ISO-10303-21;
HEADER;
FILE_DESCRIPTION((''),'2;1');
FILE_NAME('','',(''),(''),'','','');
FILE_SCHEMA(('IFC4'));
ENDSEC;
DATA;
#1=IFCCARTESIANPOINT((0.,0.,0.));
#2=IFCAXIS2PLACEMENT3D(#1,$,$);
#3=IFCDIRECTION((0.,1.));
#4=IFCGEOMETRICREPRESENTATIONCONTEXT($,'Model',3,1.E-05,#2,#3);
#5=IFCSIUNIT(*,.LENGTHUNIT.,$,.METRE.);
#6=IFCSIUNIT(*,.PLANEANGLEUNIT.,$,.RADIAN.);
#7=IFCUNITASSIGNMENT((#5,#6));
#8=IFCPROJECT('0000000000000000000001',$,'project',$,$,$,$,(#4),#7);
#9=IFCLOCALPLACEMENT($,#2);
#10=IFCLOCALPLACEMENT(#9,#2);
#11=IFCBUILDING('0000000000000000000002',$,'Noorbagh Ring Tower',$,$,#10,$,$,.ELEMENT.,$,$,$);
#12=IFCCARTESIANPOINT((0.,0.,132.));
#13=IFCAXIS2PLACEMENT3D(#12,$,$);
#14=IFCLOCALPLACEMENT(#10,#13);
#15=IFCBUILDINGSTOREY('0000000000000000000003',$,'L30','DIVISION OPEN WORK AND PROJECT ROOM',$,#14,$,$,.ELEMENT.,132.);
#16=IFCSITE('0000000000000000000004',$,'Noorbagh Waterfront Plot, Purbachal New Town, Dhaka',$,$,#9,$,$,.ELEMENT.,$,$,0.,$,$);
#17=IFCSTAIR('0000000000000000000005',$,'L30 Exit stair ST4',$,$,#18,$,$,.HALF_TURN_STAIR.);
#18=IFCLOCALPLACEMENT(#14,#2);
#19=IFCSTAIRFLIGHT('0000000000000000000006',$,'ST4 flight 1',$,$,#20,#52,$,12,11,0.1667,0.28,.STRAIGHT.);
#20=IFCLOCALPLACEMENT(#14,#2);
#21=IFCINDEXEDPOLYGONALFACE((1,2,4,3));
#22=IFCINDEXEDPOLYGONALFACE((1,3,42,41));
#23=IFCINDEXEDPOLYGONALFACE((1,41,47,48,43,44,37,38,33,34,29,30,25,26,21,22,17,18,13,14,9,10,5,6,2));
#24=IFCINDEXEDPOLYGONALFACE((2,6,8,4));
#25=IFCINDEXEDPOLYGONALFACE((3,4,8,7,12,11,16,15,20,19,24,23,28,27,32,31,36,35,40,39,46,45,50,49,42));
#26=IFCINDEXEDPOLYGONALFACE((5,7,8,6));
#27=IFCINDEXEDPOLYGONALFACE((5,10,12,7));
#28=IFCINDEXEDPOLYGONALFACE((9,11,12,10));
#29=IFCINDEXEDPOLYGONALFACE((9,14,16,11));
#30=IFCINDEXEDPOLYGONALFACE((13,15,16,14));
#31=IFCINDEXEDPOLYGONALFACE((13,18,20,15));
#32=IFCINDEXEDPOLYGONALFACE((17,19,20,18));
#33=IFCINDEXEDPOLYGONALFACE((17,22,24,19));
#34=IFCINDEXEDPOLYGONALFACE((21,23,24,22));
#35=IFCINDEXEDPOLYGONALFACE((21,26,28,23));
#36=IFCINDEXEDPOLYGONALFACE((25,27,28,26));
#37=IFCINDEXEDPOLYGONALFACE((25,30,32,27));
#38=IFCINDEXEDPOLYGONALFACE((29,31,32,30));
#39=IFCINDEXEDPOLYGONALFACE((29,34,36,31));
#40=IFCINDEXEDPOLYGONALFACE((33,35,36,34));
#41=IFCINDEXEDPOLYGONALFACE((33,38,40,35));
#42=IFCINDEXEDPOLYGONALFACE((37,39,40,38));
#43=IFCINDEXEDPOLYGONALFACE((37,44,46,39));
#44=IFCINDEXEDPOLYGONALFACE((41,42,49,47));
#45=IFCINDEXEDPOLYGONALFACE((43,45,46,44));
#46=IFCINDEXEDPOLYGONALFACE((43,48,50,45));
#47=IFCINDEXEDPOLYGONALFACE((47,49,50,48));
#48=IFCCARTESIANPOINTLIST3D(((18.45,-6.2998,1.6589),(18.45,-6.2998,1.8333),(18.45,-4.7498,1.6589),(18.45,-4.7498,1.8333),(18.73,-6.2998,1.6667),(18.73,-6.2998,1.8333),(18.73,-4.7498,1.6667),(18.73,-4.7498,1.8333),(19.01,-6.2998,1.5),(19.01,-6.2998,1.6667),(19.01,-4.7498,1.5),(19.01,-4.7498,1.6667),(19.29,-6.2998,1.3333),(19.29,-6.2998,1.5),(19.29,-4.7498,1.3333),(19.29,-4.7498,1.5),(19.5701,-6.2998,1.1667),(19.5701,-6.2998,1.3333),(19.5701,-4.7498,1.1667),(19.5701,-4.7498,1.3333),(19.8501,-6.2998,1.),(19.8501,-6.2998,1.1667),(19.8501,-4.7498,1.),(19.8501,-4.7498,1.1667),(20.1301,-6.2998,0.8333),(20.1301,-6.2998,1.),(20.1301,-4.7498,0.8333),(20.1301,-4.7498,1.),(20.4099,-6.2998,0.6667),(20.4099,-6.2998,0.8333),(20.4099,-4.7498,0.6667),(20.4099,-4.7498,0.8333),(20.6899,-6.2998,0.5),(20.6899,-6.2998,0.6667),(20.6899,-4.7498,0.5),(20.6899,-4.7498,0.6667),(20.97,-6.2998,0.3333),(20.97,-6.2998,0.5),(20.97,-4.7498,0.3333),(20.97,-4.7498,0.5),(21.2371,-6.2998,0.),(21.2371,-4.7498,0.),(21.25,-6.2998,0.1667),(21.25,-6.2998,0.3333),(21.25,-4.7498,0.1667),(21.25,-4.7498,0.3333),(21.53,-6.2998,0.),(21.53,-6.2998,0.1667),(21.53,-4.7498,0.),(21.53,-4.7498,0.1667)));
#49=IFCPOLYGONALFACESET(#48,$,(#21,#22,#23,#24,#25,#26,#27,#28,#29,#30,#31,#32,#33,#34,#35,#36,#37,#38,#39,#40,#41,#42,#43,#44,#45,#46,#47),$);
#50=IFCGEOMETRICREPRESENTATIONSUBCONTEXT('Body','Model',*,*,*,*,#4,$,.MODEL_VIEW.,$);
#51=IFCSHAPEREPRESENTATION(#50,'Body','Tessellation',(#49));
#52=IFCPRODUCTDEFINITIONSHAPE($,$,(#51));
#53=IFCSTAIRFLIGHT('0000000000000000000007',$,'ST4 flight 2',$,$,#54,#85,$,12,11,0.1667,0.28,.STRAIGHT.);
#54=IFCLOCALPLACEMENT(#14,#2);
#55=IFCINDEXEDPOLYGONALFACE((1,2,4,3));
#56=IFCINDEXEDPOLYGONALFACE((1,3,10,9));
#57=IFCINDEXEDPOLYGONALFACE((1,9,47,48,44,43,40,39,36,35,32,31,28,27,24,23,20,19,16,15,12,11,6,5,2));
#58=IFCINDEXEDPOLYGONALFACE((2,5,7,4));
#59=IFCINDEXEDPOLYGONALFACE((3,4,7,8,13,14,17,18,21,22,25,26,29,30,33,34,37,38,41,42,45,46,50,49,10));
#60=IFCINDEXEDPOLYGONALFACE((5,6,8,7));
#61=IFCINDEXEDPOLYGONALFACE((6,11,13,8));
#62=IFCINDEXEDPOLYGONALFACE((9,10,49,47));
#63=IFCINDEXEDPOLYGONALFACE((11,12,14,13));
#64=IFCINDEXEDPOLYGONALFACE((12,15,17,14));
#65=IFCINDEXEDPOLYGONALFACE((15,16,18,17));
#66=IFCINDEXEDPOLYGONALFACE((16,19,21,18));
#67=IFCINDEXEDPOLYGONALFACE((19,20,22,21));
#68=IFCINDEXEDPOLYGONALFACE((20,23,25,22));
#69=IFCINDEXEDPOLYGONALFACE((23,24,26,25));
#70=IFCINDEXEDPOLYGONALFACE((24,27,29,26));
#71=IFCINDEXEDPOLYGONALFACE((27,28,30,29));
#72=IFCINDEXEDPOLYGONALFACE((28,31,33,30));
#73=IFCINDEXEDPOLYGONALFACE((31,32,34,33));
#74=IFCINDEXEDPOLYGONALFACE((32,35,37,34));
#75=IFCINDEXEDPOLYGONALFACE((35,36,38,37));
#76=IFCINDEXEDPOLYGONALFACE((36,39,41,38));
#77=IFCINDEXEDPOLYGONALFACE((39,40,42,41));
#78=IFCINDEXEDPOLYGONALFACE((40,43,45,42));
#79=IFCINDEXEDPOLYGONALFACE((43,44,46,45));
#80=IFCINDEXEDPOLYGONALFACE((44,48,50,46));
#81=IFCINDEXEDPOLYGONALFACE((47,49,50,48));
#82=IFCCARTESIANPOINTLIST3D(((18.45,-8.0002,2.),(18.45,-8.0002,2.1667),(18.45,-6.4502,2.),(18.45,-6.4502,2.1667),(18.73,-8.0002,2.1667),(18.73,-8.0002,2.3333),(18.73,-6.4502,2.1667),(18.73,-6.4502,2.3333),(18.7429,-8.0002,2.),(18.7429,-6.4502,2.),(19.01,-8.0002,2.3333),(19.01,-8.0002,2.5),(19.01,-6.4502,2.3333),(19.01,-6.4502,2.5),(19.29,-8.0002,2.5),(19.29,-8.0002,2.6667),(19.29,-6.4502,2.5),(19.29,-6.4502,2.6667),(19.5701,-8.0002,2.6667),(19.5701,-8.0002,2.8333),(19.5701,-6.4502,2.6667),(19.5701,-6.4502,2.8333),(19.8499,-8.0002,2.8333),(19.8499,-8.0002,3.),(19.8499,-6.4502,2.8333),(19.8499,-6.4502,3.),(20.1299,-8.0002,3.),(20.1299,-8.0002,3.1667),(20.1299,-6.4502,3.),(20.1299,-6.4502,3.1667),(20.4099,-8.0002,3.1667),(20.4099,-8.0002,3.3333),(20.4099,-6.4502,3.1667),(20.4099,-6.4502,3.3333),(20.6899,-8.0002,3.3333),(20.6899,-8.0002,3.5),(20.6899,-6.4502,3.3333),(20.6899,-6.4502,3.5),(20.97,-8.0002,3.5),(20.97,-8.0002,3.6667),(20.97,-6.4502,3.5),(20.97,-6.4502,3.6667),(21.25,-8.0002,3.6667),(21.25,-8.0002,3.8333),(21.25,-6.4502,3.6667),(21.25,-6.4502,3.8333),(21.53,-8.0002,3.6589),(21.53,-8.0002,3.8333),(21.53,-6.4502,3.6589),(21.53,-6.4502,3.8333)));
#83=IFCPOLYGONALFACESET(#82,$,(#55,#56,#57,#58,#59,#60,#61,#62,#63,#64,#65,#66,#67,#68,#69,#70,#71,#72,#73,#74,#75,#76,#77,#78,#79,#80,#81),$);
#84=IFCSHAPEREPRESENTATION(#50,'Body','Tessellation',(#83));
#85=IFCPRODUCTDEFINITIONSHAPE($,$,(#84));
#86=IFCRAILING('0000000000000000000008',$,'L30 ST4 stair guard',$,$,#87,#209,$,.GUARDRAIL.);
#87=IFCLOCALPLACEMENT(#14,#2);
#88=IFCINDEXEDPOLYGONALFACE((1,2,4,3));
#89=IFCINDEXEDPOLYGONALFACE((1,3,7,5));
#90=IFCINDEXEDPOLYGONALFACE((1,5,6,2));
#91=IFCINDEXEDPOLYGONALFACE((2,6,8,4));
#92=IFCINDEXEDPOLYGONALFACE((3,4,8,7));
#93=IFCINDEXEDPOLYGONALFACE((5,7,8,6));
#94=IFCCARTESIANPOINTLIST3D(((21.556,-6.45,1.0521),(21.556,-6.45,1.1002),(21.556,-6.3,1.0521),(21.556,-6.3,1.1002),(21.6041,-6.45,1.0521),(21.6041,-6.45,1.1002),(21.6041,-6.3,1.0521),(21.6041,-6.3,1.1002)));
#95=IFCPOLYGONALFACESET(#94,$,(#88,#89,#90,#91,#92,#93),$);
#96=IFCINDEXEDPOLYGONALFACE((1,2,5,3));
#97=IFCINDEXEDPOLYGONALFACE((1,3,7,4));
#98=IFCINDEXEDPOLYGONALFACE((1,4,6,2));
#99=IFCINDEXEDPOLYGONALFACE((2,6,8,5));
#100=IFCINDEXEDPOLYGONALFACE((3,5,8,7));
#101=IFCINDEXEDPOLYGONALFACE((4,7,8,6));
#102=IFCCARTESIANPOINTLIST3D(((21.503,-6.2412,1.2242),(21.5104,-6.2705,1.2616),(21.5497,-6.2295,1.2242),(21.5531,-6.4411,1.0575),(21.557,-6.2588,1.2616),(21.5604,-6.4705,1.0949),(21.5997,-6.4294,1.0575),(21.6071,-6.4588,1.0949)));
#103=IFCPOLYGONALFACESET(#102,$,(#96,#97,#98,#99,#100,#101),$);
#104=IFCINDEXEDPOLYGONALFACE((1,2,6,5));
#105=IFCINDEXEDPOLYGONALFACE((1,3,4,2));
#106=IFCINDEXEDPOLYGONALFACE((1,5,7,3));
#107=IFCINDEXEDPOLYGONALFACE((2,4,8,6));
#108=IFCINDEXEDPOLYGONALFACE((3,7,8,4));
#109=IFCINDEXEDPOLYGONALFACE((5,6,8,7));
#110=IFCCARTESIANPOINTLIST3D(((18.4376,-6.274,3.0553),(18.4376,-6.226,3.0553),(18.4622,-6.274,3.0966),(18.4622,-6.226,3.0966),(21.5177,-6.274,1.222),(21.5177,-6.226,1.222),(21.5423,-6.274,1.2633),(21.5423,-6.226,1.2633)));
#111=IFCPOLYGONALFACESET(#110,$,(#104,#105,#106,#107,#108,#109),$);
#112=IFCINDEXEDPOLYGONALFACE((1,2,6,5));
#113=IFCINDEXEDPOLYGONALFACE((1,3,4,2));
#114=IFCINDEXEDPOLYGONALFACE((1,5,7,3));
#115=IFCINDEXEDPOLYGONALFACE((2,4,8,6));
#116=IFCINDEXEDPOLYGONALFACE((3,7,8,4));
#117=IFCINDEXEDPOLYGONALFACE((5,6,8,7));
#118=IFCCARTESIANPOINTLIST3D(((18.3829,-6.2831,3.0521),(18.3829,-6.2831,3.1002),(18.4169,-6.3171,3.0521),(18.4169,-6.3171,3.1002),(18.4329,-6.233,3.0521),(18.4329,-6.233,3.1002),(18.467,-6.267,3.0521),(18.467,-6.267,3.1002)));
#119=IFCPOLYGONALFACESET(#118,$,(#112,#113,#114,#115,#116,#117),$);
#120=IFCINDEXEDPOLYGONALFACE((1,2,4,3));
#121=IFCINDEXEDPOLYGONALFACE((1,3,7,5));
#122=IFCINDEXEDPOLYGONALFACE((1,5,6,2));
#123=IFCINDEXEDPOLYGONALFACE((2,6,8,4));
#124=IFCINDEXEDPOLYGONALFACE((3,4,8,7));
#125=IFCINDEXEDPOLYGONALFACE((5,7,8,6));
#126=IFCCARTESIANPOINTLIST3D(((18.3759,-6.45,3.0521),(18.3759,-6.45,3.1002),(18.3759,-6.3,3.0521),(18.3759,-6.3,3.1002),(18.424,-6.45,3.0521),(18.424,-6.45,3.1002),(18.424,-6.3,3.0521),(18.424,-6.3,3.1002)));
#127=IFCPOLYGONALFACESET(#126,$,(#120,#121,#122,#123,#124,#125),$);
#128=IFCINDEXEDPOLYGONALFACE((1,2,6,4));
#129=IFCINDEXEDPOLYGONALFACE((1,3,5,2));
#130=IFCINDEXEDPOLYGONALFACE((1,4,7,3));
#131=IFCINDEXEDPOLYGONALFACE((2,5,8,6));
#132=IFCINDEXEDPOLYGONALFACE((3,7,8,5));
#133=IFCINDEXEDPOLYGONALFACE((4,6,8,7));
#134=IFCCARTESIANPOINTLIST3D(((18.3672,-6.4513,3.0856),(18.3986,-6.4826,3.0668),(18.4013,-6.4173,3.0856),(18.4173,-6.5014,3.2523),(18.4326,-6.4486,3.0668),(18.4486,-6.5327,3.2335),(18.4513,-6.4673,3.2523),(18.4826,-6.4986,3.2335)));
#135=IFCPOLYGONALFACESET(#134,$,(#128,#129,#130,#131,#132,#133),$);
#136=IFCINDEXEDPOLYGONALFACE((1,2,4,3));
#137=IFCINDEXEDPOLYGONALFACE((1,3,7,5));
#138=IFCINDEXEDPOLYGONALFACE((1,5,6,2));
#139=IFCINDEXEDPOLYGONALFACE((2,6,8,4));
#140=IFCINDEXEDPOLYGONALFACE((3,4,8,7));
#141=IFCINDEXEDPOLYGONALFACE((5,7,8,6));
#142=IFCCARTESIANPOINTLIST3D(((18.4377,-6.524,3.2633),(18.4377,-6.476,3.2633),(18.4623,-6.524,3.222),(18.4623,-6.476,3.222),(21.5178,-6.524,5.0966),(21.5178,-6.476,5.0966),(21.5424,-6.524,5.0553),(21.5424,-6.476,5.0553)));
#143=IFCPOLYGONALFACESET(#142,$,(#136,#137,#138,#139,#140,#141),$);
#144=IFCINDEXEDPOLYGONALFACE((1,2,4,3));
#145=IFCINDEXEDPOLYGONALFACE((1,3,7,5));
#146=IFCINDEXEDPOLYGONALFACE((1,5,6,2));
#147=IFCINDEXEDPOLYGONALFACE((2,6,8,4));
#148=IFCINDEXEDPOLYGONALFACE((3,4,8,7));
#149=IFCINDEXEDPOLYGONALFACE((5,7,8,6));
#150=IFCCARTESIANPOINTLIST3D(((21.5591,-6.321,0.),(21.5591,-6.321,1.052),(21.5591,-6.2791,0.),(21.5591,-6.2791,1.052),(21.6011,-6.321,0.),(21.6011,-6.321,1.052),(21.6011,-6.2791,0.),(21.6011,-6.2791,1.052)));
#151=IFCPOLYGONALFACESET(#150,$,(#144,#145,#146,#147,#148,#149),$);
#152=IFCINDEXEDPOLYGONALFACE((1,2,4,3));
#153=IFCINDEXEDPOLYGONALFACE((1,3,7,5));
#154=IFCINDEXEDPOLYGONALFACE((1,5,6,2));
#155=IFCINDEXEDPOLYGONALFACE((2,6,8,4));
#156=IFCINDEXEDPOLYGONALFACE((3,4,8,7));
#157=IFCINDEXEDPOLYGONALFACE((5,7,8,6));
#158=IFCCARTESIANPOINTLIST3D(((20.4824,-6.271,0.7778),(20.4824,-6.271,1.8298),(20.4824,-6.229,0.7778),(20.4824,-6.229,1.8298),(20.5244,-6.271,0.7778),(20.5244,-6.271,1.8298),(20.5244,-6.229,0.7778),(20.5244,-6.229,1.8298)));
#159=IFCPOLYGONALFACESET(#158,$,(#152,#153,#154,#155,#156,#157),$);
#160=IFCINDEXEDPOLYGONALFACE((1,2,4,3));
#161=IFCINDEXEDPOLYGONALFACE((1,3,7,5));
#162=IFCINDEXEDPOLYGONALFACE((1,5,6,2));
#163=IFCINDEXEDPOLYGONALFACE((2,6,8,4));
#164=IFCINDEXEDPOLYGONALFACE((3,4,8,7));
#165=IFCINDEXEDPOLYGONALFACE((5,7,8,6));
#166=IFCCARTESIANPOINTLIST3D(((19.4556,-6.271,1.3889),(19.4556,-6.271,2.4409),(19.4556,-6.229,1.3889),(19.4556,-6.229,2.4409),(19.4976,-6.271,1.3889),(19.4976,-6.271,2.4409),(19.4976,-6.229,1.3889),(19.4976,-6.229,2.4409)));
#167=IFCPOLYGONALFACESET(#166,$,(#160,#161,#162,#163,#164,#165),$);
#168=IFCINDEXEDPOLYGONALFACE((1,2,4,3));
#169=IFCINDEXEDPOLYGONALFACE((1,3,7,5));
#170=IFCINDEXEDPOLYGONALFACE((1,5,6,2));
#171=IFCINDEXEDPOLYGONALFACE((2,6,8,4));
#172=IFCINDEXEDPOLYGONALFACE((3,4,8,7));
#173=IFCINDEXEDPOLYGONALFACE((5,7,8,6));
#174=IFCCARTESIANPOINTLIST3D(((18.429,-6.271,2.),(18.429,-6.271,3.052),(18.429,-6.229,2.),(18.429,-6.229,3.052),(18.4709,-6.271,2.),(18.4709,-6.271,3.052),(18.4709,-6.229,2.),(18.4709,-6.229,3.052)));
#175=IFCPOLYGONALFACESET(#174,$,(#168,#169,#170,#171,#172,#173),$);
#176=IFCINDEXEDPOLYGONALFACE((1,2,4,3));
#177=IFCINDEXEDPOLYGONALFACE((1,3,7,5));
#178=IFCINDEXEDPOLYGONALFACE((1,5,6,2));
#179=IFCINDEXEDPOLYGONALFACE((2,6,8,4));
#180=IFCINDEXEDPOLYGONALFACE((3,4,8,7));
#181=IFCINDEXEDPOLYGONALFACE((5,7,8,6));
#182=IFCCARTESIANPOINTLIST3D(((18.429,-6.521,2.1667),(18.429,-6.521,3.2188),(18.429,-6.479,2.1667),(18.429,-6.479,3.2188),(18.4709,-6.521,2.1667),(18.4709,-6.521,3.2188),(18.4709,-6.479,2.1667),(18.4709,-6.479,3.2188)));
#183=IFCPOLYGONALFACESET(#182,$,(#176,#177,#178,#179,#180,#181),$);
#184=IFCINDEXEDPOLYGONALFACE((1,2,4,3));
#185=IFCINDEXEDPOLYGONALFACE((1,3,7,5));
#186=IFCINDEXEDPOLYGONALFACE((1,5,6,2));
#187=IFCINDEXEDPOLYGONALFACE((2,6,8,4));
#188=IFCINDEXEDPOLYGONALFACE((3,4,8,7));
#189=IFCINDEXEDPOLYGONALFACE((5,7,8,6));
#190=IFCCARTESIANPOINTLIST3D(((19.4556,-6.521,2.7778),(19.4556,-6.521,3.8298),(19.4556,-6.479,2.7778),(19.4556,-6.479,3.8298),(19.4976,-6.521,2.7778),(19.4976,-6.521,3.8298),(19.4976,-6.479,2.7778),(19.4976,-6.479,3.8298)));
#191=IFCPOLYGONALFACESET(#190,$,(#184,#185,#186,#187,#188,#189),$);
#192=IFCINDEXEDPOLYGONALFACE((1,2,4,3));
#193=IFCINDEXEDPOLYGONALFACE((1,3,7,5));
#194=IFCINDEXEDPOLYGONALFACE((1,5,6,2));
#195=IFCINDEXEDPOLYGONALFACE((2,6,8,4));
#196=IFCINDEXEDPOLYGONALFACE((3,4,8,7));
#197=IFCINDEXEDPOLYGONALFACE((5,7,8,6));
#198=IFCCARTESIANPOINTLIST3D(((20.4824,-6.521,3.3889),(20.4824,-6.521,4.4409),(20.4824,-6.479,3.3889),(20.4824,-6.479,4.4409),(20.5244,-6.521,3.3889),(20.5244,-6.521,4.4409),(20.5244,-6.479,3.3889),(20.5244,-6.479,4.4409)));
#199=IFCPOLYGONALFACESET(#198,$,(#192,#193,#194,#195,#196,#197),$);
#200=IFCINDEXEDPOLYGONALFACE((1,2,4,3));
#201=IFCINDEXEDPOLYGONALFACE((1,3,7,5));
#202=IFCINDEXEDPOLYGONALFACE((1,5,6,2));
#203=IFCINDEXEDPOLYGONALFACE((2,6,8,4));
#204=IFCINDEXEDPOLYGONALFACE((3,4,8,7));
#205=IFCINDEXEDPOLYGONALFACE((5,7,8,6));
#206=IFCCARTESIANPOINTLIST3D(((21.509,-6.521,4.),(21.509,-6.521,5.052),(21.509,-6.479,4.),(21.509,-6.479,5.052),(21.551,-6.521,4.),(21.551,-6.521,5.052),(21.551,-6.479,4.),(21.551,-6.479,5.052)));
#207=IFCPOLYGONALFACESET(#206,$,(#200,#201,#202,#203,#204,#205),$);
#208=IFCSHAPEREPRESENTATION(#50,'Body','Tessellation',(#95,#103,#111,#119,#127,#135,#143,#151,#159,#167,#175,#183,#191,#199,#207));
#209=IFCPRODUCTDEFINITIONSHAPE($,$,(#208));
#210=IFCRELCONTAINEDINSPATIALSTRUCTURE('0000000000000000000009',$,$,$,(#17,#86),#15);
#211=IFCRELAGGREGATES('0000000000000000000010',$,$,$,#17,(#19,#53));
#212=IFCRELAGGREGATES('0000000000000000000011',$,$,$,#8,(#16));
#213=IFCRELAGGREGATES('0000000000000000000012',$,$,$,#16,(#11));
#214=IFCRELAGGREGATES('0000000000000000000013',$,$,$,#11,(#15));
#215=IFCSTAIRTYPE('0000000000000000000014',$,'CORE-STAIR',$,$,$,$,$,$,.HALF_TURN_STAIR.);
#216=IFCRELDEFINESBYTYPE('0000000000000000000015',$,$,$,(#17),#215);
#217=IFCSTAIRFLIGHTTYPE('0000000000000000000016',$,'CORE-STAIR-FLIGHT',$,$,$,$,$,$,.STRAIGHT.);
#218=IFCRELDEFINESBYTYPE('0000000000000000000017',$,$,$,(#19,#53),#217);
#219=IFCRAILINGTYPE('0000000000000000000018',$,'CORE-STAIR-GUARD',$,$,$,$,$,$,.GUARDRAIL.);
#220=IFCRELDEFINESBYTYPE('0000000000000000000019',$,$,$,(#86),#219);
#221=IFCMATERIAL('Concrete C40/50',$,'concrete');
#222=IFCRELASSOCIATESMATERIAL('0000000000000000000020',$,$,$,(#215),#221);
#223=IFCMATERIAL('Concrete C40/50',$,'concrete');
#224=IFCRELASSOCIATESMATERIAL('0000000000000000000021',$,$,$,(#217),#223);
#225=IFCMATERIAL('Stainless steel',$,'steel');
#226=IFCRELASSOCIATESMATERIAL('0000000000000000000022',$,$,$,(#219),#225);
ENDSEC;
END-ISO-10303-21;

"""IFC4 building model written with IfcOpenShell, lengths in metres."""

from ifc_helpers import new_model, si_unit, direction, frame, origin, origin_2d, place, context, subcontext, project, spatial, polyline, rectangle, outline, extrude, material, type_object, element, aggregate, save


model = new_model("IFC4")

# Units and contexts
model_context = context("Model", 3, precision=1e-05, world=origin(), true_north=direction((0.0, 1.0)))
body_context = subcontext(model_context, "Body", "Model", "MODEL_VIEW")
ifc_project = project(units=[si_unit("LENGTHUNIT", "METRE"), si_unit("PLANEANGLEUNIT", "RADIAN")], contexts=[model_context])

# Site, building, storey
site_placement = place(None, origin())
site = spatial("IfcSite", under=ifc_project, at=site_placement, Name="Noorbagh Waterfront Plot, Purbachal New Town, Dhaka", CompositionType="ELEMENT", RefElevation=0.0)
building_placement = place(site_placement, origin())
building = spatial("IfcBuilding", under=site, at=building_placement, Name="Noorbagh Ring Tower", CompositionType="ELEMENT")
storey_placement = place(building_placement, frame((0.0, 0.0, 132.0)))
storey = spatial("IfcBuildingStorey", under=building, at=storey_placement, Name="L30", Description="DIVISION OPEN WORK AND PROJECT ROOM", CompositionType="ELEMENT", Elevation=132.0)

# Stair, stair flights
ifc_material_1 = material(Name="Concrete C40/50", Category="concrete")
stair_type = type_object("IfcStairType", Name="CORE-STAIR", PredefinedType="HALF_TURN_STAIR", material=ifc_material_1)
stair_placement = place(storey_placement, origin())
stair = element("IfcStair", 1, at=stair_placement, inside=storey, type_object=stair_type, Name="L30 Exit stair ST4", PredefinedType="HALF_TURN_STAIR")
ifc_material_2 = material(Name="Concrete C40/50", Category="concrete")
stair_flight_type = type_object("IfcStairFlightType", Name="CORE-STAIR-FLIGHT", PredefinedType="STRAIGHT", material=ifc_material_2)
stair_flight_1_placement = place(storey_placement, frame((21.53, -5.5249, 0.0), z_axis=(0.0, 0.0, 1.0), x_axis=(-1.0, 0.0, 0.0)))
stair_flight_1 = element("IfcStairFlight", 2, at=stair_flight_1_placement, type_object=stair_flight_type, Name="ST4 flight 1", NumberOfRisers=12, NumberOfTreads=11, PredefinedType="STRAIGHT", RiserHeight=0.1667, TreadLength=0.28, context=body_context, shape_type="SweptSolid", body=[
    extrude(outline(polyline([(0.0, 0.0), (0.0, 0.1667), (0.28, 0.1667), (0.28, 0.3333), (0.5601, 0.3333), (0.5601, 0.5), (0.8401, 0.5), (0.8401, 0.6667), (1.1201, 0.6667), (1.1201, 0.8333), (1.3999, 0.8333), (1.3999, 1.0), (1.6799, 1.0), (1.6799, 1.1667), (1.96, 1.1667), (1.96, 1.3333), (2.24, 1.3333), (2.24, 1.5), (2.52, 1.5), (2.52, 1.6667), (2.8, 1.6667), (2.8, 1.8333), (3.0801, 1.8333), (3.0801, 2.0), (3.0801, 1.6589), (0.293, 0.0), (0.0, 0.0)])), frame((0.0, 0.7749, 0.0), z_axis=(0.0, -1.0, 0.0), x_axis=(1.0, 0.0, 0.0)), (0.0, 0.0, 1.0), 1.55),
])
stair_flight_2_placement = place(storey_placement, frame((18.45, -7.2251, 2.0), z_axis=(0.0, 0.0, 1.0), x_axis=(1.0, 0.0, 0.0)))
stair_flight_2 = element("IfcStairFlight", 3, at=stair_flight_2_placement, type_object=stair_flight_type, Name="ST4 flight 2", NumberOfRisers=12, NumberOfTreads=11, PredefinedType="STRAIGHT", RiserHeight=0.1667, TreadLength=0.28, context=body_context, shape_type="SweptSolid", body=[
    extrude(outline(polyline([(0.0, 0.0), (0.0, 0.1667), (0.28, 0.1667), (0.28, 0.3333), (0.5601, 0.3333), (0.5601, 0.5), (0.8401, 0.5), (0.8401, 0.6667), (1.1201, 0.6667), (1.1201, 0.8333), (1.3999, 0.8333), (1.3999, 1.0), (1.6799, 1.0), (1.6799, 1.1667), (1.96, 1.1667), (1.96, 1.3333), (2.24, 1.3333), (2.24, 1.5), (2.52, 1.5), (2.52, 1.6667), (2.8, 1.6667), (2.8, 1.8333), (3.0801, 1.8333), (3.0801, 2.0), (3.0801, 1.6589), (0.293, 0.0), (0.0, 0.0)])), frame((0.0, 0.7749, 0.0), z_axis=(0.0, -1.0, 0.0), x_axis=(1.0, 0.0, 0.0)), (0.0, 0.0, 1.0), 1.55),
])
aggregate(stair, [stair_flight_1, stair_flight_2])

# Railing
ifc_material_3 = material(Name="Stainless steel", Category="steel")
railing_type_1 = type_object("IfcRailingType", Name="CORE-STAIR-GUARD", PredefinedType="GUARDRAIL", material=ifc_material_3)
railing_1_placement = place(storey_placement, frame((21.5801, -6.3, 0.0)))
element("IfcRailing", 4, at=railing_1_placement, inside=storey, type_object=railing_type_1, Name="L30 ST4 stair guard", PredefinedType="GUARDRAIL", context=body_context, shape_type="SweptSolid", body=[
    extrude(rectangle(XDim=0.0481, YDim=0.0481, at=origin_2d()), frame((0.0, 0.0, 1.0762), z_axis=(0.0, -1.0, 0.0), x_axis=(1.0, 0.0, 0.0)), (0.0, 0.0, 1.0), 0.1499),
    extrude(rectangle(XDim=0.0481, YDim=0.0481, at=origin_2d()), frame((0.0, -0.1499, 1.0762), z_axis=(-0.188776, 0.754182, 0.628946), x_axis=(-0.970073, -0.242814, 0.0)), (0.0, 0.0, 1.0), 0.2651),
    extrude(rectangle(XDim=0.0481, YDim=0.0481, at=origin_2d()), frame((-0.05, 0.05, 1.2427), z_axis=(-0.859309, 0.0, 0.511458), x_axis=(0.0, -1.0, 0.0)), (0.0, 0.0, 1.0), 3.5845),
    extrude(rectangle(XDim=0.0481, YDim=0.0481, at=origin_2d()), frame((-3.1301, 0.05, 3.0762), z_axis=(-0.707107, -0.707107, 0.0), x_axis=(0.707107, -0.707107, 0.0)), (0.0, 0.0, 1.0), 0.0708),
    extrude(rectangle(XDim=0.0481, YDim=0.0481, at=origin_2d()), frame((-3.1802, 0.0, 3.0762), z_axis=(0.0, -1.0, 0.0), x_axis=(1.0, 0.0, 0.0)), (0.0, 0.0, 1.0), 0.1499),
    extrude(rectangle(XDim=0.0481, YDim=0.0481, at=origin_2d()), frame((-3.1802, -0.1499, 3.0762), z_axis=(0.276287, -0.276287, 0.920506), x_axis=(0.707107, 0.707107, 0.0)), (0.0, 0.0, 1.0), 0.1812),
    extrude(rectangle(XDim=0.0481, YDim=0.0481, at=origin_2d()), frame((-3.1301, -0.2, 3.2427), z_axis=(0.859309, 0.0, 0.511458), x_axis=(0.0, 1.0, 0.0)), (0.0, 0.0, 1.0), 3.5845),
    extrude(rectangle(XDim=0.042, YDim=0.042, at=origin_2d()), origin(), (0.0, 0.0, 1.0), 1.052),
    extrude(rectangle(XDim=0.042, YDim=0.042, at=origin_2d()), frame((-1.0767, 0.05, 0.7778)), (0.0, 0.0, 1.0), 1.052),
    extrude(rectangle(XDim=0.042, YDim=0.042, at=origin_2d()), frame((-2.1035, 0.05, 1.3889)), (0.0, 0.0, 1.0), 1.052),
    extrude(rectangle(XDim=0.042, YDim=0.042, at=origin_2d()), frame((-3.1301, 0.05, 2.0)), (0.0, 0.0, 1.0), 1.052),
    extrude(rectangle(XDim=0.042, YDim=0.042, at=origin_2d()), frame((-3.1301, -0.2, 2.1667)), (0.0, 0.0, 1.0), 1.052),
    extrude(rectangle(XDim=0.042, YDim=0.042, at=origin_2d()), frame((-2.1035, -0.2, 2.7778)), (0.0, 0.0, 1.0), 1.052),
    extrude(rectangle(XDim=0.042, YDim=0.042, at=origin_2d()), frame((-1.0767, -0.2, 3.3889)), (0.0, 0.0, 1.0), 1.052),
    extrude(rectangle(XDim=0.042, YDim=0.042, at=origin_2d()), frame((-0.05, -0.2, 4.0)), (0.0, 0.0, 1.0), 1.052),
])

save(model, "model.ifc")
